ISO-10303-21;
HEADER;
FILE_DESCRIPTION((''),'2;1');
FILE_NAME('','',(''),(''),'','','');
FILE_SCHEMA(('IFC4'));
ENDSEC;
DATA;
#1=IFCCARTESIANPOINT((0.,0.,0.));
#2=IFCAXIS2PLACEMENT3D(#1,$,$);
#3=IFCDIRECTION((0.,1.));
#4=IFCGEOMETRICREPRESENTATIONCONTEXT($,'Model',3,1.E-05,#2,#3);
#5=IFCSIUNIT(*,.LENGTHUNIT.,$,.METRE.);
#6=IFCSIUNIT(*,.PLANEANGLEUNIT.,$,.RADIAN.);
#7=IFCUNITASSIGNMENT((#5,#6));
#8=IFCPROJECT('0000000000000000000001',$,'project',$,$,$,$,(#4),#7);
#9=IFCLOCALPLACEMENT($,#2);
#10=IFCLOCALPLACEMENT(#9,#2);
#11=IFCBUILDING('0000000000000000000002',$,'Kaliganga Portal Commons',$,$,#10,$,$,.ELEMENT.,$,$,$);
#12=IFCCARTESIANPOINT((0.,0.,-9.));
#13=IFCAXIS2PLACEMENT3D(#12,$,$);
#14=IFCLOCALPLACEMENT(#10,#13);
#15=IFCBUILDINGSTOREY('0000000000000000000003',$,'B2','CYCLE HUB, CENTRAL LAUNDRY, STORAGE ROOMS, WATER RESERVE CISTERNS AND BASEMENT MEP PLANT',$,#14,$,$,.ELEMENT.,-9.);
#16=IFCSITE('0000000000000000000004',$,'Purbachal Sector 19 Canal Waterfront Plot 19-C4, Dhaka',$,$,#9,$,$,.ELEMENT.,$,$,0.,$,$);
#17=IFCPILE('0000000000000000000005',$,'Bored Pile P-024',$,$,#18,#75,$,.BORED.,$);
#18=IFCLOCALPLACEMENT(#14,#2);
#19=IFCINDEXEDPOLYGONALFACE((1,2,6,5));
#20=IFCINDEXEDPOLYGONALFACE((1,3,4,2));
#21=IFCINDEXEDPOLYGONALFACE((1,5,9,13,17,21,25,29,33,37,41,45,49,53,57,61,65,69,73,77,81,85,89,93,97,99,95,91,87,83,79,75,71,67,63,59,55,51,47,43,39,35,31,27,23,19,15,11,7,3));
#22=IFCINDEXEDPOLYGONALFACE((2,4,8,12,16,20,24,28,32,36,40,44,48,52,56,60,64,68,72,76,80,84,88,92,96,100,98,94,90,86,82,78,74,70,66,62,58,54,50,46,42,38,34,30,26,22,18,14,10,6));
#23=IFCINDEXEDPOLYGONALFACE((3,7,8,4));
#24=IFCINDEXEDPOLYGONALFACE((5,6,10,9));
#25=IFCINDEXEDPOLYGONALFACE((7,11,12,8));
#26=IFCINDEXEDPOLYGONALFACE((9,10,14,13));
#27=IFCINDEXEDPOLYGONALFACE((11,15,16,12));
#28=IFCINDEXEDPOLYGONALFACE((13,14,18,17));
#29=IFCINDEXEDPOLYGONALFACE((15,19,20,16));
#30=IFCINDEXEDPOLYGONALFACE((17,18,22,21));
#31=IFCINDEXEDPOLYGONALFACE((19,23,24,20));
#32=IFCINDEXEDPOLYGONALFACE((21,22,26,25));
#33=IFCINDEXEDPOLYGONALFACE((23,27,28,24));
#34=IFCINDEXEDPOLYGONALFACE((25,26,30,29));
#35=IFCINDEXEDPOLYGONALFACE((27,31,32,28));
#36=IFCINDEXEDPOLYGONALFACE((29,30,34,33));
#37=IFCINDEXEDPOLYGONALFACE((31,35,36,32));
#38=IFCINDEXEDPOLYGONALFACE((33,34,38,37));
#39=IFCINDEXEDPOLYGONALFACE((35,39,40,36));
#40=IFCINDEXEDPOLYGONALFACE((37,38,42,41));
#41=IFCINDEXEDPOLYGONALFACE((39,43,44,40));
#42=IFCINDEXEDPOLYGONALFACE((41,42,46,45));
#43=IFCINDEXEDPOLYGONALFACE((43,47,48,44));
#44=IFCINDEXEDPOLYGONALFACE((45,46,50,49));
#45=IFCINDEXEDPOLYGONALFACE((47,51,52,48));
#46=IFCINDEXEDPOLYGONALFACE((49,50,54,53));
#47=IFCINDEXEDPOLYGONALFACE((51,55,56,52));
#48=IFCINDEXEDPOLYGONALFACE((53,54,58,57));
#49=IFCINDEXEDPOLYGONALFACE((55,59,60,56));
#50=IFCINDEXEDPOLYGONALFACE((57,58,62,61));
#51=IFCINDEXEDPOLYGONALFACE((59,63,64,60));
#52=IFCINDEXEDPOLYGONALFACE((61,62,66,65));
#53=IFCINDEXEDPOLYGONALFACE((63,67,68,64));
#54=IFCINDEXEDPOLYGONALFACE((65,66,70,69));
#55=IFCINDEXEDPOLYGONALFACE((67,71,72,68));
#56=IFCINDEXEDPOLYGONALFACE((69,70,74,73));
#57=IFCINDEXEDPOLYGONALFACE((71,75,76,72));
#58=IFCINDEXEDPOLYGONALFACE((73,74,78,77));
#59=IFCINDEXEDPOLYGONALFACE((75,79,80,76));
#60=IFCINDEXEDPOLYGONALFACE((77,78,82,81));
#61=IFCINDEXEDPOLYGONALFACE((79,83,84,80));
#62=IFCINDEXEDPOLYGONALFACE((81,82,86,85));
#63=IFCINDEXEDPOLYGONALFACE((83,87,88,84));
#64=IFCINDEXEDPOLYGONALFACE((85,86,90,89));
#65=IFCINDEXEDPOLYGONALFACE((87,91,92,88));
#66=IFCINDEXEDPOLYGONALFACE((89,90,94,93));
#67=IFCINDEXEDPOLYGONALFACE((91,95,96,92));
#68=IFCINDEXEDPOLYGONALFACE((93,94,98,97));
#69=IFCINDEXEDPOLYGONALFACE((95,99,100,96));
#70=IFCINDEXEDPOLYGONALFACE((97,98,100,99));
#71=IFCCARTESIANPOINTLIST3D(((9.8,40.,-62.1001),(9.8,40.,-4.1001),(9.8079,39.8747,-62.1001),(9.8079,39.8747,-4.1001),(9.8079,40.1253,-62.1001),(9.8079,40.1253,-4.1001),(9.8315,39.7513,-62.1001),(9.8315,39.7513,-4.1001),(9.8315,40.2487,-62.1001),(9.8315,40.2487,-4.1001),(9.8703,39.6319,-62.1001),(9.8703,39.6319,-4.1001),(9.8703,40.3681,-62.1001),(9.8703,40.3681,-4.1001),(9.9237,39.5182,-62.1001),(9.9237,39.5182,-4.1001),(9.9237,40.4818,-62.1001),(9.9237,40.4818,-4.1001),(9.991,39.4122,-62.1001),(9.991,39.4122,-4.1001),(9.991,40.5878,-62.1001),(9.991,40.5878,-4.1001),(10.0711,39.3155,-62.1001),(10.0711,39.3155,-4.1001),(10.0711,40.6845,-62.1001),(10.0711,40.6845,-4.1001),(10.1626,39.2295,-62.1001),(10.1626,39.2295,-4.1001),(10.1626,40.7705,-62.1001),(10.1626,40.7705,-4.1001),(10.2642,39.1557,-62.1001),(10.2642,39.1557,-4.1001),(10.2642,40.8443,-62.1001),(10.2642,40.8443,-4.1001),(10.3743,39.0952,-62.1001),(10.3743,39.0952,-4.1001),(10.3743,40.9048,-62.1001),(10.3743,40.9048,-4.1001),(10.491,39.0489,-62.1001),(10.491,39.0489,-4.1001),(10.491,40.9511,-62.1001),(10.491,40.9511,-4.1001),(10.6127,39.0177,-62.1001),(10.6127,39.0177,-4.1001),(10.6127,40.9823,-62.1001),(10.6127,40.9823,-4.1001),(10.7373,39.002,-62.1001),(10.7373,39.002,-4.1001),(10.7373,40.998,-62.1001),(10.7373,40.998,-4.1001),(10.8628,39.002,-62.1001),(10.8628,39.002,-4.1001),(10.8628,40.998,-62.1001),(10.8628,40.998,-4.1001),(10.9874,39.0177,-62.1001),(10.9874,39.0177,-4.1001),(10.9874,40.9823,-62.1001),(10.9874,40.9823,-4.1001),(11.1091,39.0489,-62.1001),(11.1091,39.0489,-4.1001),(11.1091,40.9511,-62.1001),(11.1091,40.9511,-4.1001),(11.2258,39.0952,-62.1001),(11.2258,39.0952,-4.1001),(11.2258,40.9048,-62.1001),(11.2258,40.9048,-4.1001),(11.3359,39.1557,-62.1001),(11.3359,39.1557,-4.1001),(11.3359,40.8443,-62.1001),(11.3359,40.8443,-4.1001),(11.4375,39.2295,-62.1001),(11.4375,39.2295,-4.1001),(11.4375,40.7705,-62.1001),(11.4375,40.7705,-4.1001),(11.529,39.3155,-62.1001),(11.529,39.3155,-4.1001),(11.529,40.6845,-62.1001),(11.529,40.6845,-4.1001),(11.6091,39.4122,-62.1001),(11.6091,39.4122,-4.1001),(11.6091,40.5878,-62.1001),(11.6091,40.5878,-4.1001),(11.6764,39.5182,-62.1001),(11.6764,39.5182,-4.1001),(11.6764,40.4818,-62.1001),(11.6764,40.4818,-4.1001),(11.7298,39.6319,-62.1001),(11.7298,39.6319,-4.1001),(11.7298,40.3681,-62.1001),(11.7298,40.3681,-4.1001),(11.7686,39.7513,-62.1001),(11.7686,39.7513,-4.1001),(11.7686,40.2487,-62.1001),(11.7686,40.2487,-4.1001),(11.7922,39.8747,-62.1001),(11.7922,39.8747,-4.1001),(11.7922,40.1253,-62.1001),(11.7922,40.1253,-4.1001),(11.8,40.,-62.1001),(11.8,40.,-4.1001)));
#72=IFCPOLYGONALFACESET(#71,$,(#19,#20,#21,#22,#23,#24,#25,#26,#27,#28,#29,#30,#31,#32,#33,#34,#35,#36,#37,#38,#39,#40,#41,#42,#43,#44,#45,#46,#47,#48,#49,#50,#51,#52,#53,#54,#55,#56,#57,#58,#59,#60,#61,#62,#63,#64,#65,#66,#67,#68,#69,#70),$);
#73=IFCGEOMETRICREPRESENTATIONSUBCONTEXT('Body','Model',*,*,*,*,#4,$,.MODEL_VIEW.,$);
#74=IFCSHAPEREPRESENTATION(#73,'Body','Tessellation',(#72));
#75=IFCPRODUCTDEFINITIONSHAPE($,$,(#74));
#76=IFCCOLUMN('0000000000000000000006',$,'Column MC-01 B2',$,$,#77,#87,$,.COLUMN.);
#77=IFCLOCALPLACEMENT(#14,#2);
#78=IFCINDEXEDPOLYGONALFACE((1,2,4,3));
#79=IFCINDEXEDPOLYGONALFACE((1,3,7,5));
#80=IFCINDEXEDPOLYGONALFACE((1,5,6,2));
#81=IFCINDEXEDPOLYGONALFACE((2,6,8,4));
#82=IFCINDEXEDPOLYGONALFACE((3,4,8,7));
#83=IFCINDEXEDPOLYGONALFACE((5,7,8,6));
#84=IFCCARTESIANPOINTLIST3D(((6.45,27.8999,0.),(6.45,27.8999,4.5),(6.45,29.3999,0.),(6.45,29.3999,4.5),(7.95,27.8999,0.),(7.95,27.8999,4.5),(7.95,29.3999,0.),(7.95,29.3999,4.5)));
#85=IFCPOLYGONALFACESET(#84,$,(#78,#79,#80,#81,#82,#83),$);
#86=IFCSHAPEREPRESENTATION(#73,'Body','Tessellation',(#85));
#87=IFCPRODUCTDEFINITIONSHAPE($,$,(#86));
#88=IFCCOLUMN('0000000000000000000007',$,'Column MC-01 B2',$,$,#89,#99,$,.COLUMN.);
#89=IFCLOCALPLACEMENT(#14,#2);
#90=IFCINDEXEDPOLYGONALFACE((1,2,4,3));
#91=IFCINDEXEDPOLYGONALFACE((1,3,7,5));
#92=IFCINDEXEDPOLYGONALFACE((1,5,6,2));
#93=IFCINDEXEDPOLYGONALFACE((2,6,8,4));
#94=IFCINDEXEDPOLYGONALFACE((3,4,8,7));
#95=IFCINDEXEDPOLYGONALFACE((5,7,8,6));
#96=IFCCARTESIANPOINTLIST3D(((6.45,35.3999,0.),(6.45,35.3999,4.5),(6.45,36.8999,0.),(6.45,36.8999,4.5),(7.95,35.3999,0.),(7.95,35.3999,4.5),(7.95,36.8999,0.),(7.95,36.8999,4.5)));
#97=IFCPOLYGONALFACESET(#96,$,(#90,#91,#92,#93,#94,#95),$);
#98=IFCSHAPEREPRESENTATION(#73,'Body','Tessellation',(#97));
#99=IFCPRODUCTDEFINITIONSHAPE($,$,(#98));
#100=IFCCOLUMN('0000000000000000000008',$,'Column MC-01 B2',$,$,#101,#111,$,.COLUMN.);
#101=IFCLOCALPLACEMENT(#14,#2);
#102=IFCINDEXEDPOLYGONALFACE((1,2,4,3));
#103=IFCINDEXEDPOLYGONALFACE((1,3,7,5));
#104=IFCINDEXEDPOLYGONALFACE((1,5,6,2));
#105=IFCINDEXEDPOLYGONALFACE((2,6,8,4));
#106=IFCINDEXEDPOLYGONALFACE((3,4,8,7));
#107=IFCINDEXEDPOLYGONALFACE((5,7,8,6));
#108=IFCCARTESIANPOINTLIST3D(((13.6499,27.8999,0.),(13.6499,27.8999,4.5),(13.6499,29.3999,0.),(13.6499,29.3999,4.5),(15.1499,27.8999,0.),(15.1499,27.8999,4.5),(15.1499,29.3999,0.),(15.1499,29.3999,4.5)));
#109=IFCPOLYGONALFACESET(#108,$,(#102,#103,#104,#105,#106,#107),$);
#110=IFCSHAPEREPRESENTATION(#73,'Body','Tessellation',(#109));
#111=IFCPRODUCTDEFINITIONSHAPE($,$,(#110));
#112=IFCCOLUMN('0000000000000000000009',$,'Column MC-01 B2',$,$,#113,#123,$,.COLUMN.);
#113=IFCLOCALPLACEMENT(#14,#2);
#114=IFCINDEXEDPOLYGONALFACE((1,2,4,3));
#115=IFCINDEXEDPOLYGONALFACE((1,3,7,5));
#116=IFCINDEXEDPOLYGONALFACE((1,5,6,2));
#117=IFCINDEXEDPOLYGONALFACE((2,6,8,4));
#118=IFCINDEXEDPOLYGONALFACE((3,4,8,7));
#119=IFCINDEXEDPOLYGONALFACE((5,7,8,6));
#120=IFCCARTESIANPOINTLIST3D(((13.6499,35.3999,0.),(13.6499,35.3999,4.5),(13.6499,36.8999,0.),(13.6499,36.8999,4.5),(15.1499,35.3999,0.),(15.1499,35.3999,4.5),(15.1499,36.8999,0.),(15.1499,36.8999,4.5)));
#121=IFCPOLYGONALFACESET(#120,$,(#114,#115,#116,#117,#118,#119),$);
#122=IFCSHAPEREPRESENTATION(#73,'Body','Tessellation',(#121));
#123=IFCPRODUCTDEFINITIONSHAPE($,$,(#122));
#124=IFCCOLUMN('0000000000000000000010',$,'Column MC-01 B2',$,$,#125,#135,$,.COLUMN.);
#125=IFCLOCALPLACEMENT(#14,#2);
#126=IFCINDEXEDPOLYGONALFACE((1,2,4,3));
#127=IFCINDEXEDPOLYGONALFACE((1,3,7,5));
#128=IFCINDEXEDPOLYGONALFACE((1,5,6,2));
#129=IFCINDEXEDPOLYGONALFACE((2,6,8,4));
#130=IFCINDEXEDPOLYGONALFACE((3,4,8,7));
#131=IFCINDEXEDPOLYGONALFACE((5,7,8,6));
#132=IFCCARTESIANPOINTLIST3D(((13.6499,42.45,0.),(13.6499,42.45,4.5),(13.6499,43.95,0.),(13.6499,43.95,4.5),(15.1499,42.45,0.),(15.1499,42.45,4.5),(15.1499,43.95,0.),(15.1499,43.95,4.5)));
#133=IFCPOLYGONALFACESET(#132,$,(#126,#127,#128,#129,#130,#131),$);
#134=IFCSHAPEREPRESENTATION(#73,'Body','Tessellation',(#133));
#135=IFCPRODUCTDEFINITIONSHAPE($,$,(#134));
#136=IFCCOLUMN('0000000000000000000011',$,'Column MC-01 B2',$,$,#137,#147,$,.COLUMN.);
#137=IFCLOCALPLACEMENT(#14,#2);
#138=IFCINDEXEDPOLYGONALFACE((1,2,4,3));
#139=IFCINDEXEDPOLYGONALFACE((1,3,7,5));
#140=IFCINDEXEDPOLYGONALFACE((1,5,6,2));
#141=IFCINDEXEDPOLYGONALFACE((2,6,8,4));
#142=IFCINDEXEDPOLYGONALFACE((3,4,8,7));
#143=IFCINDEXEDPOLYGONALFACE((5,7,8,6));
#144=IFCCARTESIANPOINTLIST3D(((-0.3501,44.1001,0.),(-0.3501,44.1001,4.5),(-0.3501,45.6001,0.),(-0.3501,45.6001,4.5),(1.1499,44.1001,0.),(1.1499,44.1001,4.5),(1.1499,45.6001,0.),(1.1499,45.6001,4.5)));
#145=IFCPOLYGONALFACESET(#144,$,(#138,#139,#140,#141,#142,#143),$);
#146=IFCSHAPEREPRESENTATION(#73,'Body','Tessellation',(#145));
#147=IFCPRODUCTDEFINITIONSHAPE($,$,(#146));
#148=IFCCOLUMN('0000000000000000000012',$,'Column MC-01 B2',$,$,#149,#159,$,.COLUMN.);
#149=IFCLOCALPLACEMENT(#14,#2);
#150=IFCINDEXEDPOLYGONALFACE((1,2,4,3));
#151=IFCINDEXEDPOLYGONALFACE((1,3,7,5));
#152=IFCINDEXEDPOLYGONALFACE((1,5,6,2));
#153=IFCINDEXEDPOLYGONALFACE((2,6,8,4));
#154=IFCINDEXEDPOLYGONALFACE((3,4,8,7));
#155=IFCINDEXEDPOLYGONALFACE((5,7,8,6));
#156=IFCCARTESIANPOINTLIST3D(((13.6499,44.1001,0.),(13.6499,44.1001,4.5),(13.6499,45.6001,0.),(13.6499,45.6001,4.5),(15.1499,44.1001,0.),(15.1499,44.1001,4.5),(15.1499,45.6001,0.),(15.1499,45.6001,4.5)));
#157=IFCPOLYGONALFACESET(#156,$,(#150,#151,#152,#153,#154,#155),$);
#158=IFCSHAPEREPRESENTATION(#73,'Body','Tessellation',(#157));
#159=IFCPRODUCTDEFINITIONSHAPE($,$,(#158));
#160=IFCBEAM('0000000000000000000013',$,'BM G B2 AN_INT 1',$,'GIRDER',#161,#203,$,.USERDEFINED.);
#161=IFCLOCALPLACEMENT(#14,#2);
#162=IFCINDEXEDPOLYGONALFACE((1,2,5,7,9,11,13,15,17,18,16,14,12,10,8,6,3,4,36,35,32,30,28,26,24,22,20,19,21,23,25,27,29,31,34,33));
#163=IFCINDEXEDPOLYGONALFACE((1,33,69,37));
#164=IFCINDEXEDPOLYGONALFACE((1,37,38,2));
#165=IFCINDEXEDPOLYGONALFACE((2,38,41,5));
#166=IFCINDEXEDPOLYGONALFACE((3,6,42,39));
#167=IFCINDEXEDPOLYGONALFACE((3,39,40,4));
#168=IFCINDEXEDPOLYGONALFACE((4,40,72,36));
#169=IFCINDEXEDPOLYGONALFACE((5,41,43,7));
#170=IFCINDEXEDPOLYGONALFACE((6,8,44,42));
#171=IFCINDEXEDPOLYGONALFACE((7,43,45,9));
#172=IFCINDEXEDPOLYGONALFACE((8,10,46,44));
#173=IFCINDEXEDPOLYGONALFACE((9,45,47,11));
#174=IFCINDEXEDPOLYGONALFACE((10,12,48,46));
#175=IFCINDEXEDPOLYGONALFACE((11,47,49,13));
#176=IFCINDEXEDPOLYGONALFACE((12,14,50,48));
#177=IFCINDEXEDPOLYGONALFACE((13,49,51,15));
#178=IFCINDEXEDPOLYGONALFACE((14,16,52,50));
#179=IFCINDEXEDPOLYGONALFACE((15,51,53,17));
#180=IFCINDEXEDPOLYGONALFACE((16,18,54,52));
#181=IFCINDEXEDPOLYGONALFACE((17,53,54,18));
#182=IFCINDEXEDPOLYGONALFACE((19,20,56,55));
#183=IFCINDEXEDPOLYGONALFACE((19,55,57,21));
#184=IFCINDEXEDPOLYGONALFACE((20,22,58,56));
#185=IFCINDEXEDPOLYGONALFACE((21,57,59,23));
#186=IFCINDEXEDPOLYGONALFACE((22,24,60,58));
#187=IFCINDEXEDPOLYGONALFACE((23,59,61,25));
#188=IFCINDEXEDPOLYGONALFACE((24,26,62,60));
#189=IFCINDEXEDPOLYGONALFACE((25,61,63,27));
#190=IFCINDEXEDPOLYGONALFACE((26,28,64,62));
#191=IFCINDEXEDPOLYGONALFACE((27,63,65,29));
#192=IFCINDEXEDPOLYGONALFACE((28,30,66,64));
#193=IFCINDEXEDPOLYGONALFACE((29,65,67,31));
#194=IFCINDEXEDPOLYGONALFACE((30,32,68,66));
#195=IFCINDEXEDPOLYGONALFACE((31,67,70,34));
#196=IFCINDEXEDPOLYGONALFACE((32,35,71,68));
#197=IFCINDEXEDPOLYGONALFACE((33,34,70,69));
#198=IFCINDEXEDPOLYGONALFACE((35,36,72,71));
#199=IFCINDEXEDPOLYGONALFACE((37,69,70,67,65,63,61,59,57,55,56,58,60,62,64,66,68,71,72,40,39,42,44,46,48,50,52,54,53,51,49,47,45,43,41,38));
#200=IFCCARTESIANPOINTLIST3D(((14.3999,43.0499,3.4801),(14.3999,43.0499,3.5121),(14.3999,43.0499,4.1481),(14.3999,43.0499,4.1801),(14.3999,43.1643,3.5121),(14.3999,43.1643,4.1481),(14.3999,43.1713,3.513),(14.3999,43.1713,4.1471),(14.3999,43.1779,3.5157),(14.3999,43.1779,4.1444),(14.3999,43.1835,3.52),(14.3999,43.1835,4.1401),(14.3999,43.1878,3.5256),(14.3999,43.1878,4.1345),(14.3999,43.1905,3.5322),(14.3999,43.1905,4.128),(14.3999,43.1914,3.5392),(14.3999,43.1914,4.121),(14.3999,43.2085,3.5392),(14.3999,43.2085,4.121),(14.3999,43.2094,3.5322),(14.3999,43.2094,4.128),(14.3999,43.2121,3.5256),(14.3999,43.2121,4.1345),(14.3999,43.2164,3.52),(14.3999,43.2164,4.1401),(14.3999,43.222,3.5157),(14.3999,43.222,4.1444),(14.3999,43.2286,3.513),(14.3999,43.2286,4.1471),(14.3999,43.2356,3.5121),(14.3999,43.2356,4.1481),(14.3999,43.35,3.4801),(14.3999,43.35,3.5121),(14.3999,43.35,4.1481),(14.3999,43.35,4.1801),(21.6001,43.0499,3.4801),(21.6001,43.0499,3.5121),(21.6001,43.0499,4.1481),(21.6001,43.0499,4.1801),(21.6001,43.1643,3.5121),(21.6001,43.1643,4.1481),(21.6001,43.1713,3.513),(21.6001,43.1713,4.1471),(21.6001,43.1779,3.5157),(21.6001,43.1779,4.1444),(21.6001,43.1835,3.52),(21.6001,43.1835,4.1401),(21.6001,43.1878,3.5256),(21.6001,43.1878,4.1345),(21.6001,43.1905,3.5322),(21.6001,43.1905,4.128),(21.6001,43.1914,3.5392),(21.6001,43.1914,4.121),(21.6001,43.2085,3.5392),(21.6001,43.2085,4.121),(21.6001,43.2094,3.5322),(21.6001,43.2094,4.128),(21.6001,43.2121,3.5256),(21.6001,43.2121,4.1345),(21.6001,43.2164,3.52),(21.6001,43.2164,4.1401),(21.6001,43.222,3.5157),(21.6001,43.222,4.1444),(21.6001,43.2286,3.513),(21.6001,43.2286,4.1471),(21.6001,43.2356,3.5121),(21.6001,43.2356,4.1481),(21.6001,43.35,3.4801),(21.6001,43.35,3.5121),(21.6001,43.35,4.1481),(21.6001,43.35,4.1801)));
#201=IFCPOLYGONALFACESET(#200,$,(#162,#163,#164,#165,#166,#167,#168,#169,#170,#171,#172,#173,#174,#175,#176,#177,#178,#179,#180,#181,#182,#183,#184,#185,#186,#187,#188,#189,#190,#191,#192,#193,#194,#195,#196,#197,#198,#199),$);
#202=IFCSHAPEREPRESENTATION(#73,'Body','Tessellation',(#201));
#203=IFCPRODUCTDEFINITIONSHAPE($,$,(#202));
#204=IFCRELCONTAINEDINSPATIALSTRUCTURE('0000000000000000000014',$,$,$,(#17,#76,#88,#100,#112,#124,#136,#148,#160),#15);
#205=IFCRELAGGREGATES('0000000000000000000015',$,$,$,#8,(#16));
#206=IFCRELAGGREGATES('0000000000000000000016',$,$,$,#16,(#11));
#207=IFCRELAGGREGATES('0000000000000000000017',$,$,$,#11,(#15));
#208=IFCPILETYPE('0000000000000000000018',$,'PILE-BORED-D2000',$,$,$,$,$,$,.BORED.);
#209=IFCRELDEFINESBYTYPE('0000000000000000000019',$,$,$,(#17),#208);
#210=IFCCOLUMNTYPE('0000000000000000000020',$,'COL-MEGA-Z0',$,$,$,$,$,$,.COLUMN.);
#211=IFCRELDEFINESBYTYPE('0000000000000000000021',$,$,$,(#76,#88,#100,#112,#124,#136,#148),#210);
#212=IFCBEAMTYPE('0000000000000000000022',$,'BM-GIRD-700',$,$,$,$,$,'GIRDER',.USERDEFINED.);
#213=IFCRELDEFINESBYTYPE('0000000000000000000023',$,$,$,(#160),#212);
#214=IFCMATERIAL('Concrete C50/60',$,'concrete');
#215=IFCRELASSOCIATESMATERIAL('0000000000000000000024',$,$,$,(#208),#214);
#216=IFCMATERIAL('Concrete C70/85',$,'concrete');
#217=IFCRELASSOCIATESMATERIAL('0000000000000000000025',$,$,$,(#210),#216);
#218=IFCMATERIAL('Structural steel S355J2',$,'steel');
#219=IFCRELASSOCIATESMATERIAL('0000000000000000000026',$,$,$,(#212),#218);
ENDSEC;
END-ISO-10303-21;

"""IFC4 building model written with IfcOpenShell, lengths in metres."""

from ifc_helpers import new_model, si_unit, direction, frame, origin, origin_2d, place, context, subcontext, project, spatial, rectangle, circle, i_section, extrude, source, transform, mapped, material, material_profile, profile_set, type_object, element, save


model = new_model("IFC4")

# Units and contexts
model_context = context("Model", 3, precision=1e-05, world=origin(), true_north=direction((0.0, 1.0)))
body_context = subcontext(model_context, "Body", "Model", "MODEL_VIEW")
ifc_project = project(units=[si_unit("LENGTHUNIT", "METRE"), si_unit("PLANEANGLEUNIT", "RADIAN")], contexts=[model_context])

# Site, building, storey
site_placement = place(None, origin())
site = spatial("IfcSite", under=ifc_project, at=site_placement, Name="Purbachal Sector 19 Canal Waterfront Plot 19-C4, Dhaka", CompositionType="ELEMENT", RefElevation=0.0)
building_placement = place(site_placement, origin())
building = spatial("IfcBuilding", under=site, at=building_placement, Name="Kaliganga Portal Commons", CompositionType="ELEMENT")
storey_placement = place(building_placement, frame((0.0, 0.0, -9.0)))
storey = spatial("IfcBuildingStorey", under=building, at=storey_placement, Name="B2", Description="CYCLE HUB, CENTRAL LAUNDRY, STORAGE ROOMS, WATER RESERVE CISTERNS AND BASEMENT MEP PLANT", CompositionType="ELEMENT", Elevation=-9.0)

# Pile
ifc_material_1 = material(Name="Concrete C50/60", Category="concrete")
ifc_material_profile_1 = material_profile(ifc_material_1, circle(Radius=1.0, at=origin_2d()), Name="PILE D2000")
ifc_profile_set_1 = profile_set([ifc_material_profile_1], Name="Concrete C50/60")
pile_type = type_object("IfcPileType", Name="PILE-BORED-D2000", PredefinedType="BORED", material=ifc_profile_set_1)
for number, where, z_axis, x_axis, name in (
    (1, (10.8, 40.0, -4.1001), (0.0, 0.0, -1.0), (1.0, 0.0, 0.0), "Bored Pile P-024"),
):
    element("IfcPile", number, at=place(storey_placement, frame(where, z_axis=z_axis, x_axis=x_axis)), inside=storey, type_object=pile_type, Name=name, PredefinedType="BORED", context=body_context, shape_type="SweptSolid", body=[
        extrude(circle(Radius=1.0, at=origin_2d()), origin(), (0.0, 0.0, 1.0), 58.0),
    ])

# Columns
ifc_material_2 = material(Name="Concrete C70/85", Category="concrete")
ifc_material_profile_2 = material_profile(ifc_material_2, rectangle(XDim=1.5, YDim=1.5, at=origin_2d()), Name="RC 1500x1500")
ifc_profile_set_2 = profile_set([ifc_material_profile_2], Name="Concrete C70/85")
column_type = type_object("IfcColumnType", Name="COL-MEGA-Z0", PredefinedType="COLUMN", material=ifc_profile_set_2)
shared_shape_1 = source(origin(), body_context, "Body", "SweptSolid", [
    extrude(rectangle(XDim=1.5, YDim=1.5, at=origin_2d()), origin(), (0.0, 0.0, 1.0), 4.5),
])
for number, where, z_axis, x_axis, name in (
    (2, (7.2, 28.6499, 0.0), (0.0, 0.0, 1.0), (1.0, 0.0, 0.0), "Column MC-01 B2"),
    (3, (7.2, 36.1499, 0.0), (0.0, 0.0, 1.0), (1.0, 0.0, 0.0), "Column MC-01 B2"),
    (4, (14.3999, 28.6499, 0.0), (0.0, 0.0, 1.0), (1.0, 0.0, 0.0), "Column MC-01 B2"),
    (5, (14.3999, 36.1499, 0.0), (0.0, 0.0, 1.0), (1.0, 0.0, 0.0), "Column MC-01 B2"),
    (6, (14.3999, 43.2, 0.0), (0.0, 0.0, 1.0), (1.0, 0.0, 0.0), "Column MC-01 B2"),
    (7, (0.3999, 44.8501, 0.0), (0.0, 0.0, 1.0), (1.0, 0.0, 0.0), "Column MC-01 B2"),
    (8, (14.3999, 44.8501, 0.0), (0.0, 0.0, 1.0), (1.0, 0.0, 0.0), "Column MC-01 B2"),
):
    element("IfcColumn", number, at=place(storey_placement, frame(where, z_axis=z_axis, x_axis=x_axis)), inside=storey, type_object=column_type, Name=name, PredefinedType="COLUMN", context=body_context, shape_type="MappedRepresentation", body=[
        mapped(shared_shape_1, transform((0.0, 0.0, 0.0), x_axis=(1.0, 0.0, 0.0), y_axis=(0.0, 1.0, 0.0), z_axis=(0.0, 0.0, 1.0), scale=1.0)),
    ])

# Beam
ifc_material_3 = material(Name="Structural steel S355J2", Category="steel")
ifc_material_profile_3 = material_profile(ifc_material_3, i_section(OverallWidth=0.3, OverallDepth=0.7, WebThickness=0.0171, FlangeThickness=0.032, FilletRadius=0.0271, at=origin_2d()), Name="HE 700 B")
ifc_profile_set_3 = profile_set([ifc_material_profile_3], Name="Structural steel S355J2 wide-flange")
beam_type_1 = type_object("IfcBeamType", Name="BM-GIRD-700", ElementType="GIRDER", PredefinedType="USERDEFINED", material=ifc_profile_set_3)
shared_shape_2 = source(origin(), body_context, "Body", "SweptSolid", [
    extrude(i_section(OverallWidth=0.3, OverallDepth=0.7, WebThickness=0.0171, FlangeThickness=0.032, FilletRadius=0.0271, at=origin_2d()), origin(), (0.0, 0.0, 1.0), 7.2002),
])
beam_1_placement = place(storey_placement, frame((14.3999, 43.2, 3.8301), z_axis=(1.0, 0.0, 0.0), x_axis=(0.0, 1.0, 0.0)))
element("IfcBeam", 9, at=beam_1_placement, inside=storey, type_object=beam_type_1, Name="BM G B2 AN_INT 1", ObjectType="GIRDER", PredefinedType="USERDEFINED", context=body_context, shape_type="MappedRepresentation", body=[
    mapped(shared_shape_2, transform((0.0, 0.0, 0.0), x_axis=(1.0, 0.0, 0.0), y_axis=(0.0, 1.0, 0.0), z_axis=(0.0, 0.0, 1.0), scale=1.0)),
])

save(model, "model.ifc")
